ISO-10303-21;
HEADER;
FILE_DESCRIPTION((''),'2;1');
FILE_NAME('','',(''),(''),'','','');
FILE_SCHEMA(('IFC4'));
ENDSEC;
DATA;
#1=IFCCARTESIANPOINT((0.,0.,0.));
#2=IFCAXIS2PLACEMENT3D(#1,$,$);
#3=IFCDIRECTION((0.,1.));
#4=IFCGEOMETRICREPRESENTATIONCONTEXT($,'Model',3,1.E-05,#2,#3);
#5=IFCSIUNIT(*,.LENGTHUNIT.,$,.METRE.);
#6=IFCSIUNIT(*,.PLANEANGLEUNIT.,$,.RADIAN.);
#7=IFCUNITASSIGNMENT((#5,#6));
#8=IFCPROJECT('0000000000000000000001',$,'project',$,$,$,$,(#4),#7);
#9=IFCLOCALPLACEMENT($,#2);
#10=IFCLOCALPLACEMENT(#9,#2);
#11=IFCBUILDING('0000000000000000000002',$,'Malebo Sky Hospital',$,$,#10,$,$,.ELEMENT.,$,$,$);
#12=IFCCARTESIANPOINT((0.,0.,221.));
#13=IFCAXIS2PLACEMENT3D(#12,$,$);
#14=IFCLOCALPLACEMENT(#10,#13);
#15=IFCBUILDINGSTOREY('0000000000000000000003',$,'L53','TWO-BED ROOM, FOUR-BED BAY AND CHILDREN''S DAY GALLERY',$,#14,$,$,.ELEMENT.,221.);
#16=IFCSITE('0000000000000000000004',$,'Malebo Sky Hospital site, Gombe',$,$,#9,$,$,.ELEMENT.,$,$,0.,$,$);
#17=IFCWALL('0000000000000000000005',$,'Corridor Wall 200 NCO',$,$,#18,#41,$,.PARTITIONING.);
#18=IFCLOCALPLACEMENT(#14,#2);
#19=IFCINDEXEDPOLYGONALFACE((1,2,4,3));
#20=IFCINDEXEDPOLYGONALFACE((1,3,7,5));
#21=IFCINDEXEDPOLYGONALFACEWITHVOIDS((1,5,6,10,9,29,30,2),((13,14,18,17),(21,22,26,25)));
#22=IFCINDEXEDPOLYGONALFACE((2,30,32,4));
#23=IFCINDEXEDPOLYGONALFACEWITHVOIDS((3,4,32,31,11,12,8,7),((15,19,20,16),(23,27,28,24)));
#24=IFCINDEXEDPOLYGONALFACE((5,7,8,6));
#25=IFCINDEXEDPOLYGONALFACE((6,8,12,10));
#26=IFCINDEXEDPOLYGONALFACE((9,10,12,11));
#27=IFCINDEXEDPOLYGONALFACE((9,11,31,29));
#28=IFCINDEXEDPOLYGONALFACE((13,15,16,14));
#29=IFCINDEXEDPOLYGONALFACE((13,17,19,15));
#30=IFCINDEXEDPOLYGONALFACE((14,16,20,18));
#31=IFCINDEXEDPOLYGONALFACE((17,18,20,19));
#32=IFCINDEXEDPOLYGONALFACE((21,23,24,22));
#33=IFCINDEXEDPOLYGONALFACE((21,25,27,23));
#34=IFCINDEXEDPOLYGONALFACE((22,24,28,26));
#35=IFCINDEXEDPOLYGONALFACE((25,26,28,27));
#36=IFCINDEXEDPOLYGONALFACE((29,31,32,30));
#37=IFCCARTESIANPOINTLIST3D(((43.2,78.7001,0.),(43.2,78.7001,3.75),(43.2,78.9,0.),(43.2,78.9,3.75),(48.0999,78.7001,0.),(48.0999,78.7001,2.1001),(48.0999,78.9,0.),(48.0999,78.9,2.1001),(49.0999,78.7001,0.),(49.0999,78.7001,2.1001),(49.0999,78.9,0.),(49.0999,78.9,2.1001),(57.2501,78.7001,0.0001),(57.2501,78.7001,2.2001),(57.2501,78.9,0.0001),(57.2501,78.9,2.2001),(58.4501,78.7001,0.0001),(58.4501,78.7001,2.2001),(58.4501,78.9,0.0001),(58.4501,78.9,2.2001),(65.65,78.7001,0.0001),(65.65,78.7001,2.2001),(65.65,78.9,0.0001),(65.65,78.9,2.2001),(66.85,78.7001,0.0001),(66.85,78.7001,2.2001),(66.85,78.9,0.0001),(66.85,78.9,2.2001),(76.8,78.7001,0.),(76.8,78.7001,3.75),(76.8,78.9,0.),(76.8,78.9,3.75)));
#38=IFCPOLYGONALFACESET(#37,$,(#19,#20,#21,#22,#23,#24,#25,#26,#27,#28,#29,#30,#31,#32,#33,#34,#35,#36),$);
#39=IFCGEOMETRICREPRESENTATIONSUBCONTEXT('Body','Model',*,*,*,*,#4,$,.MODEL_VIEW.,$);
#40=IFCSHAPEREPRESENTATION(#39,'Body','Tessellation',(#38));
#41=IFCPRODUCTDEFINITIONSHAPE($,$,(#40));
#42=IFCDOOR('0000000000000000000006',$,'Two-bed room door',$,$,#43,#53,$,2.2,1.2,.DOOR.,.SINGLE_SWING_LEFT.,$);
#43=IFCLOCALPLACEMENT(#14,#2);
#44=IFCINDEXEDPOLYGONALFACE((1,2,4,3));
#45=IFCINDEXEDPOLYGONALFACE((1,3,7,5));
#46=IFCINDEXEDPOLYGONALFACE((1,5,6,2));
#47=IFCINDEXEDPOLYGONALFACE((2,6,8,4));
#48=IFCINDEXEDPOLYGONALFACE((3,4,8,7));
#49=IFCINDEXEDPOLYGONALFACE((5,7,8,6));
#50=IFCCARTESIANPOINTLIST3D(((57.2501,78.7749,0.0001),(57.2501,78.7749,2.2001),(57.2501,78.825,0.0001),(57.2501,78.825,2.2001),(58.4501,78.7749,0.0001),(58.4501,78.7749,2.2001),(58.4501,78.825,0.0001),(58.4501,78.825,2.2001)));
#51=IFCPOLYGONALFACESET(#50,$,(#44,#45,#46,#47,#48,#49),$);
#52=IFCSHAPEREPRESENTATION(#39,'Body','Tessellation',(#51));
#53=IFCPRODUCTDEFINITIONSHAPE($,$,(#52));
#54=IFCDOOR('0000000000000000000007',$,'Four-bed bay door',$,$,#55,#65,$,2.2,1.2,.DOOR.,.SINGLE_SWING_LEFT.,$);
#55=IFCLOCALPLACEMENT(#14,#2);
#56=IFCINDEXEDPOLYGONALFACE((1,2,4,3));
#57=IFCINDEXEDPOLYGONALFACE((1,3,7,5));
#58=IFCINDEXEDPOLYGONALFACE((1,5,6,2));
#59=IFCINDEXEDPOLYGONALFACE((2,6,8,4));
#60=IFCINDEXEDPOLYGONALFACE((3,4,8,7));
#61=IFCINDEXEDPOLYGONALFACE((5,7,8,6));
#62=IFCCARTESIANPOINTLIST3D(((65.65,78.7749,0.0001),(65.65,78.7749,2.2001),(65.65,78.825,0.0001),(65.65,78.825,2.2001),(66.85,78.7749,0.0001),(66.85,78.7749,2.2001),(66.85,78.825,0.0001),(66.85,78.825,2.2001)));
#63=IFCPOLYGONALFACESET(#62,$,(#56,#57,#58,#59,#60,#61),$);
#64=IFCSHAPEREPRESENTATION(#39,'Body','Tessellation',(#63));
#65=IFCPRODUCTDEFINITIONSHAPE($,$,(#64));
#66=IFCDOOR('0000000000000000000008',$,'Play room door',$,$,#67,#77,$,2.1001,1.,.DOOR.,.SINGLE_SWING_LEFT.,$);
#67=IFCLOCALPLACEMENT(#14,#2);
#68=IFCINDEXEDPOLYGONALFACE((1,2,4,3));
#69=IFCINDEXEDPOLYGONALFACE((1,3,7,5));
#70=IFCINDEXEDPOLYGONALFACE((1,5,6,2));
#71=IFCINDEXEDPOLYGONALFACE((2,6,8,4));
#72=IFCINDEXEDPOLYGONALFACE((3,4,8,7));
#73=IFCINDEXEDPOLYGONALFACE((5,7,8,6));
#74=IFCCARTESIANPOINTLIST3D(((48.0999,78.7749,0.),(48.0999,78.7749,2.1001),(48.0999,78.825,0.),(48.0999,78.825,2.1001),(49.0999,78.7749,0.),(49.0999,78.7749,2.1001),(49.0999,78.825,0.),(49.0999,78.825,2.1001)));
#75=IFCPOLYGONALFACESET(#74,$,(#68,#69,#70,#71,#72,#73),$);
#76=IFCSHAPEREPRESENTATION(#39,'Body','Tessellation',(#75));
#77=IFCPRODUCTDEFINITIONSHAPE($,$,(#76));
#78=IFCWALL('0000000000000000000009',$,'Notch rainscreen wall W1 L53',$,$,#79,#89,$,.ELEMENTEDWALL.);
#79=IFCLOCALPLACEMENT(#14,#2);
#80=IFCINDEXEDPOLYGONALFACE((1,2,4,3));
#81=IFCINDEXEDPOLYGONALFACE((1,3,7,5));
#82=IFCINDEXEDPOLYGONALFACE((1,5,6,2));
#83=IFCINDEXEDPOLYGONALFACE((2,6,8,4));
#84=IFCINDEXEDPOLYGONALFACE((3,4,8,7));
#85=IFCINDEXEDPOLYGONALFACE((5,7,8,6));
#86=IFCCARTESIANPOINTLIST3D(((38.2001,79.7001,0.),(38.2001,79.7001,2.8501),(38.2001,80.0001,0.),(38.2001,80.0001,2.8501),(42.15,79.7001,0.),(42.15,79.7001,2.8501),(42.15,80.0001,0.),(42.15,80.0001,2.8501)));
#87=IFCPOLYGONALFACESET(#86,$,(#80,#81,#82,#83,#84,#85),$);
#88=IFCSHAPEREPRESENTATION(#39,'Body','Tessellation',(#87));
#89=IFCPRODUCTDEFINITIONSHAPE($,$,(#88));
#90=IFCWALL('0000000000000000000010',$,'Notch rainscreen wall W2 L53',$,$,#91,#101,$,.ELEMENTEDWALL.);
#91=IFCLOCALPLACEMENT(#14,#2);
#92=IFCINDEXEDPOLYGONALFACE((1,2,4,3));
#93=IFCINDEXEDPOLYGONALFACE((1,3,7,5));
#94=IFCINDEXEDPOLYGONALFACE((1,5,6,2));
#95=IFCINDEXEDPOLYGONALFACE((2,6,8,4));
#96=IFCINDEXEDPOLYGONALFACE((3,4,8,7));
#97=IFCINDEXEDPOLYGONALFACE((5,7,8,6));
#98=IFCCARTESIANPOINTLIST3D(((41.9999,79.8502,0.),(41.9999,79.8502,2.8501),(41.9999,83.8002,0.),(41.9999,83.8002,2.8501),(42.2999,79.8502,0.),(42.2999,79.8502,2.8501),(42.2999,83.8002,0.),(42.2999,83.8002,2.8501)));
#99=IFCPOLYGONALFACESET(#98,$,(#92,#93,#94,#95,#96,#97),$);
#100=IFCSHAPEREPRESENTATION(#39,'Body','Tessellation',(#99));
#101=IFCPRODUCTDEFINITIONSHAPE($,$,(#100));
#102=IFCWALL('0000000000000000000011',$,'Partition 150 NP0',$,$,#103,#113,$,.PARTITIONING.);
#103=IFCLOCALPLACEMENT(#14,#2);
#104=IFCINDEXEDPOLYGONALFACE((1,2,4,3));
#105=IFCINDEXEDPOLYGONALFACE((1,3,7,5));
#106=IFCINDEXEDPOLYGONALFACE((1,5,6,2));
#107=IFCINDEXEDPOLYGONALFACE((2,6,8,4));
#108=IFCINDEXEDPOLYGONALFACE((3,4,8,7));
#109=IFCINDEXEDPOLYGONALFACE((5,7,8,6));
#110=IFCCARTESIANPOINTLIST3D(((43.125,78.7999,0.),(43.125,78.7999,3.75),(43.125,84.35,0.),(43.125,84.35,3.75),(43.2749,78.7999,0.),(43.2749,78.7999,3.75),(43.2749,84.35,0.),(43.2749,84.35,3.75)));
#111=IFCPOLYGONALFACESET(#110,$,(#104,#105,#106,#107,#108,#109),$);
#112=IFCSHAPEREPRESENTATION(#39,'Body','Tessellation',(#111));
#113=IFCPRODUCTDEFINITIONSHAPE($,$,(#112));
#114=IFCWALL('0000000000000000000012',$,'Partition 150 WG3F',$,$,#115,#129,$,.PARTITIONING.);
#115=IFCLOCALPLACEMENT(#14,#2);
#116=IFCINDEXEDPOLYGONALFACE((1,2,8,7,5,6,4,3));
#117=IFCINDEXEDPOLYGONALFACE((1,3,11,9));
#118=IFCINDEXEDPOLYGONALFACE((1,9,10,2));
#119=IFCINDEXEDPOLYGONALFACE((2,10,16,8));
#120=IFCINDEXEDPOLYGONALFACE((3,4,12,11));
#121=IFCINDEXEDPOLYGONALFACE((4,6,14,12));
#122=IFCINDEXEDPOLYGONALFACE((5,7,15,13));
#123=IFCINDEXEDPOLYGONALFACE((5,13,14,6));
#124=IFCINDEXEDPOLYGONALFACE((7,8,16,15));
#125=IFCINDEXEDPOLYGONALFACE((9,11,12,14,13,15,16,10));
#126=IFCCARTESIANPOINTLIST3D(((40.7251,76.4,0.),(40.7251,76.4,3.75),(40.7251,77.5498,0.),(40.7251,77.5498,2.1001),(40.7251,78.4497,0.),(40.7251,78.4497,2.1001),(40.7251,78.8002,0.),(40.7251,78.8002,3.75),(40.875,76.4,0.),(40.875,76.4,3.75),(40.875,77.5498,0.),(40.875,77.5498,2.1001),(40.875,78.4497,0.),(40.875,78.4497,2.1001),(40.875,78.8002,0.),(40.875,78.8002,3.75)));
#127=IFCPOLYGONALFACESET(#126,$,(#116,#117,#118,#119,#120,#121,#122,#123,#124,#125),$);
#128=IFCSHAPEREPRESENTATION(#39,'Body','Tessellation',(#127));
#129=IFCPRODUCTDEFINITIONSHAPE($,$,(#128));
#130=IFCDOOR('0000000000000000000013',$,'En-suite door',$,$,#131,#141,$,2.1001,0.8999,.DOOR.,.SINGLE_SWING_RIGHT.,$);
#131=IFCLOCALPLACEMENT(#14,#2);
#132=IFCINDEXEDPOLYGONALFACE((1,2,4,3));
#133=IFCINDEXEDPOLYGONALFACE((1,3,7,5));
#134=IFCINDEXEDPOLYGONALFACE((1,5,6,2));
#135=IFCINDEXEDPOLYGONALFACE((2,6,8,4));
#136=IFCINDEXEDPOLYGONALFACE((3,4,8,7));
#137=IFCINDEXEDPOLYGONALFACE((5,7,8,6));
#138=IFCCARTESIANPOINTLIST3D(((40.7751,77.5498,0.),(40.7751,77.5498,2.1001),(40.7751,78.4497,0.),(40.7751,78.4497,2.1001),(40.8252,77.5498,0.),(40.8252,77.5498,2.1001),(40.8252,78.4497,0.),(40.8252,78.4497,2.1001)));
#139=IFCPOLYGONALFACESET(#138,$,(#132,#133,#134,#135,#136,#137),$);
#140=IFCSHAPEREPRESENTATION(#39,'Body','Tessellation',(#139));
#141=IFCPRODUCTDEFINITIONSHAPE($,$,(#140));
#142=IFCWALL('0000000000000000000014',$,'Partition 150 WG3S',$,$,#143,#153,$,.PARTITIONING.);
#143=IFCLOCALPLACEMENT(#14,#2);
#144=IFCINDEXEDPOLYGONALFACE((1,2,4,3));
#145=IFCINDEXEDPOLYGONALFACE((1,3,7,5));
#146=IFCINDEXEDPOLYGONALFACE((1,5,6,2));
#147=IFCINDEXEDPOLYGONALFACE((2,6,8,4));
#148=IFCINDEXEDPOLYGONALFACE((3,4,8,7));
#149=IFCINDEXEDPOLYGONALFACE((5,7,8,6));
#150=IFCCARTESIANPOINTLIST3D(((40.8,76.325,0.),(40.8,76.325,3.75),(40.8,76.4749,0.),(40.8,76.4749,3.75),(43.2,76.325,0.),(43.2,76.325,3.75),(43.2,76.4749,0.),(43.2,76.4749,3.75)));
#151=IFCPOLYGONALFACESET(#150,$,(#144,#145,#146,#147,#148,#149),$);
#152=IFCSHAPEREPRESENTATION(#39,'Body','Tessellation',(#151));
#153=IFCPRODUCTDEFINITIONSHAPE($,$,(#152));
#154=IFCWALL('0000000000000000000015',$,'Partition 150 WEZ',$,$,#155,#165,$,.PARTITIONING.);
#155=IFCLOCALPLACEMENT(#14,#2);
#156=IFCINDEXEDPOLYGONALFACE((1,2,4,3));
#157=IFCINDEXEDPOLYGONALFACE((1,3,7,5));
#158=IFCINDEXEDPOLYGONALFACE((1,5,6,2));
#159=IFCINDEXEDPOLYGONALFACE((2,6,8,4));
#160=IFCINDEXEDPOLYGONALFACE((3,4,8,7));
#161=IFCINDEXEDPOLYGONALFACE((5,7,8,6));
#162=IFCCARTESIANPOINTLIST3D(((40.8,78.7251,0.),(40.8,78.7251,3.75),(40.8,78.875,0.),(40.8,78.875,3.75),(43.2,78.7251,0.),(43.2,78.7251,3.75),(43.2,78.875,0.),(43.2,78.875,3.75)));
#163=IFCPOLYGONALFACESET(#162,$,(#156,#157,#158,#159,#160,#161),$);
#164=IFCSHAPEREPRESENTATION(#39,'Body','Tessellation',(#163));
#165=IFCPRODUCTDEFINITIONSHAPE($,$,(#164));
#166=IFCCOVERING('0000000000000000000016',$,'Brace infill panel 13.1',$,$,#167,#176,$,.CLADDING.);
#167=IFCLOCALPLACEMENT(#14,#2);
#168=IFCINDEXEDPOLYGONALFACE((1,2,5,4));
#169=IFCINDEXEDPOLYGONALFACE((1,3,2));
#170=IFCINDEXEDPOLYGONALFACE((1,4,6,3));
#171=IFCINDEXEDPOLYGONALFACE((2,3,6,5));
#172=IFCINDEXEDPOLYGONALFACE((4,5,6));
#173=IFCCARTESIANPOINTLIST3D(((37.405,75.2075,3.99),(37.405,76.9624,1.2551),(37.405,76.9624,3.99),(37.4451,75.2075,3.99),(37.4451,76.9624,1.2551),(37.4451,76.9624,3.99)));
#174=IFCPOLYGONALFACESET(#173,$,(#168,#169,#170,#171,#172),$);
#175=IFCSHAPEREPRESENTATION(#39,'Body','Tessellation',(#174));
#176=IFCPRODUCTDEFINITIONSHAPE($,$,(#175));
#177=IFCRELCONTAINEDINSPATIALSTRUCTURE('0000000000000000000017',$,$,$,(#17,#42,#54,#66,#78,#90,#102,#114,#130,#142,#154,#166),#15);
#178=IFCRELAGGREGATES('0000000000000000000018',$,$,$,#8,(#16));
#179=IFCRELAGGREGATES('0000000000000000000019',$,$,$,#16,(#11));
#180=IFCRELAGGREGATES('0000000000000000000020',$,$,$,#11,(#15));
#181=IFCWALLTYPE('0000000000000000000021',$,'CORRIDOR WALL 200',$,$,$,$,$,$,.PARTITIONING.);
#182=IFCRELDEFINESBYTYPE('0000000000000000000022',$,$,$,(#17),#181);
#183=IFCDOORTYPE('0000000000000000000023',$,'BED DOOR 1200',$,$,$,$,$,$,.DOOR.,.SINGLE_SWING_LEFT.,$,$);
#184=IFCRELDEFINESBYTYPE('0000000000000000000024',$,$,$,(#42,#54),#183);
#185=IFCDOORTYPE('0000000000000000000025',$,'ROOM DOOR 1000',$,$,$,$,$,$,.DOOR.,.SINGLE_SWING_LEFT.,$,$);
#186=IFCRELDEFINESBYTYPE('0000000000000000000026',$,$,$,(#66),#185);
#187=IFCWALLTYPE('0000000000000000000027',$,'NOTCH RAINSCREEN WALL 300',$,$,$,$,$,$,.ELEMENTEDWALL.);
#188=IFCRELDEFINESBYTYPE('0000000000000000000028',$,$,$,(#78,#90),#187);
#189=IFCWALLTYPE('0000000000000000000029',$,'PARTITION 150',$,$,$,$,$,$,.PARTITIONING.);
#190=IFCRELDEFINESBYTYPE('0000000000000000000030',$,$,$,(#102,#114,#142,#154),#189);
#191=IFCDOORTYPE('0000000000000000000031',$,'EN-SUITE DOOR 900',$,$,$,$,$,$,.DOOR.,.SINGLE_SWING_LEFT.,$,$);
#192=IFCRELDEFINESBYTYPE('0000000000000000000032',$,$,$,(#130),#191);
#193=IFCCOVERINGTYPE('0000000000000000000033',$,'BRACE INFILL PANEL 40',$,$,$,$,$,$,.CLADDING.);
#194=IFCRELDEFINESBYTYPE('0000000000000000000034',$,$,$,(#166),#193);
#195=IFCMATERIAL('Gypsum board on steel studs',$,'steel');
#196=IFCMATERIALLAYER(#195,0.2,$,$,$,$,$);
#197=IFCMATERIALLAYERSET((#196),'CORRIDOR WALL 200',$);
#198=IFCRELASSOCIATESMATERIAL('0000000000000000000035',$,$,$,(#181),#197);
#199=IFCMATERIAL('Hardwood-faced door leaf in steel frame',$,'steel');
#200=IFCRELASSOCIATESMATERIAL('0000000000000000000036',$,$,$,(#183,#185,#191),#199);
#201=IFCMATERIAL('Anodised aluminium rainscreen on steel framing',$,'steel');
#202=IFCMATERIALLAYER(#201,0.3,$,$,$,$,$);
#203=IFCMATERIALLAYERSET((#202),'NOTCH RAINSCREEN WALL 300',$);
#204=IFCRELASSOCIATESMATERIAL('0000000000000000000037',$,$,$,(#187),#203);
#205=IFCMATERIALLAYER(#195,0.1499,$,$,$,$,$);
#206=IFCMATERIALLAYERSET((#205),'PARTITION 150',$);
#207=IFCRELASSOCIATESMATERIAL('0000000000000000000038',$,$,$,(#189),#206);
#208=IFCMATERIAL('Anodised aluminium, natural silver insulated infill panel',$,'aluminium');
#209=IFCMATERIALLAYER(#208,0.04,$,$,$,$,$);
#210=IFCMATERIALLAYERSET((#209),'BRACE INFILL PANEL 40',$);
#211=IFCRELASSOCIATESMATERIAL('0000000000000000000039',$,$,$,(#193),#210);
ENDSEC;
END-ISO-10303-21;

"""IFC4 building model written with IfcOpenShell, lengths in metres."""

from ifc_helpers import new_model, si_unit, direction, frame, frame_2d, origin, place, context, subcontext, project, spatial, polyline, rectangle, outline, extrude, material, layer, layer_set, type_object, element, fill, save


model = new_model("IFC4")

# Units and contexts
model_context = context("Model", 3, precision=1e-05, world=origin(), true_north=direction((0.0, 1.0)))
body_context = subcontext(model_context, "Body", "Model", "MODEL_VIEW")
ifc_project = project(units=[si_unit("LENGTHUNIT", "METRE"), si_unit("PLANEANGLEUNIT", "RADIAN")], contexts=[model_context])

# Site, building, storey
site_placement = place(None, origin())
site = spatial("IfcSite", under=ifc_project, at=site_placement, Name="Malebo Sky Hospital site, Gombe", CompositionType="ELEMENT", RefElevation=0.0)
building_placement = place(site_placement, origin())
building = spatial("IfcBuilding", under=site, at=building_placement, Name="Malebo Sky Hospital", CompositionType="ELEMENT")
storey_placement = place(building_placement, frame((0.0, 0.0, 221.0)))
storey = spatial("IfcBuildingStorey", under=building, at=storey_placement, Name="L53", Description="TWO-BED ROOM, FOUR-BED BAY AND CHILDREN'S DAY GALLERY", CompositionType="ELEMENT", Elevation=221.0)

# Wall, openings, doors
ifc_material_1 = material(Name="Gypsum board on steel studs", Category="steel")
ifc_layer_1 = layer(ifc_material_1, 0.2)
ifc_layer_set_1 = layer_set([ifc_layer_1], Name="CORRIDOR WALL 200")
wall_type_1 = type_object("IfcWallType", Name="CORRIDOR WALL 200", PredefinedType="PARTITIONING", material=ifc_layer_set_1)
wall_1_placement = place(storey_placement, frame((43.2, 78.8, 0.0), z_axis=(0.0, 0.0, 1.0), x_axis=(1.0, 0.0, 0.0)))
wall_1 = element("IfcWall", 1, at=wall_1_placement, inside=storey, type_object=wall_type_1, Name="Corridor Wall 200 NCO", PredefinedType="PARTITIONING", context=body_context, shape_type="SweptSolid", body=[
    extrude(rectangle(XDim=33.6001, YDim=0.2, at=frame_2d((16.8, 0.0))), origin(), (0.0, 0.0, 1.0), 3.75),
])
opening_1_placement = place(wall_1_placement, frame((4.8999, 0.0, 0.0)))
opening_1 = element("IfcOpeningElement", 2, at=opening_1_placement, cuts=wall_1, PredefinedType="OPENING", context=body_context, shape_type="SweptSolid", body=[
    extrude(rectangle(XDim=1.0, YDim=2.1001, at=frame_2d((0.5, 1.05))), frame((0.0, 0.1099, 0.0), z_axis=(0.0, -1.0, 0.0), x_axis=(1.0, 0.0, 0.0)), (0.0, 0.0, 1.0), 0.22),
])
opening_2_placement = place(wall_1_placement, frame((14.05, 0.0, 0.0)))
opening_2 = element("IfcOpeningElement", 3, at=opening_2_placement, cuts=wall_1, PredefinedType="OPENING", context=body_context, shape_type="SweptSolid", body=[
    extrude(rectangle(XDim=1.2, YDim=2.2, at=frame_2d((0.6001, 1.1001))), frame((0.0, 0.1099, 0.0), z_axis=(0.0, -1.0, 0.0), x_axis=(1.0, 0.0, 0.0)), (0.0, 0.0, 1.0), 0.22),
])
opening_3_placement = place(wall_1_placement, frame((22.45, 0.0, 0.0)))
opening_3 = element("IfcOpeningElement", 4, at=opening_3_placement, cuts=wall_1, PredefinedType="OPENING", context=body_context, shape_type="SweptSolid", body=[
    extrude(rectangle(XDim=1.2, YDim=2.2, at=frame_2d((0.6001, 1.1001))), frame((0.0, 0.1099, 0.0), z_axis=(0.0, -1.0, 0.0), x_axis=(1.0, 0.0, 0.0)), (0.0, 0.0, 1.0), 0.22),
])
ifc_material_2 = material(Name="Hardwood-faced door leaf in steel frame", Category="steel")
door_type_1 = type_object("IfcDoorType", Name="BED DOOR 1200", OperationType="SINGLE_SWING_LEFT", PredefinedType="DOOR", material=ifc_material_2)
door_1_placement = place(opening_2_placement, origin())
door_1 = element("IfcDoor", 5, at=door_1_placement, inside=storey, type_object=door_type_1, Name="Two-bed room door", OperationType="SINGLE_SWING_LEFT", OverallHeight=2.2, OverallWidth=1.2, PredefinedType="DOOR", context=body_context, shape_type="SweptSolid", body=[
    extrude(rectangle(XDim=1.2, YDim=2.2, at=frame_2d((0.6001, 1.1001))), frame((0.0, 0.0249, 0.0), z_axis=(0.0, -1.0, 0.0), x_axis=(1.0, 0.0, 0.0)), (0.0, 0.0, 1.0), 0.05),
])
fill(opening_2, door_1)
door_2_placement = place(opening_3_placement, origin())
door_2 = element("IfcDoor", 6, at=door_2_placement, inside=storey, type_object=door_type_1, Name="Four-bed bay door", OperationType="SINGLE_SWING_LEFT", OverallHeight=2.2, OverallWidth=1.2, PredefinedType="DOOR", context=body_context, shape_type="SweptSolid", body=[
    extrude(rectangle(XDim=1.2, YDim=2.2, at=frame_2d((0.6001, 1.1001))), frame((0.0, 0.0249, 0.0), z_axis=(0.0, -1.0, 0.0), x_axis=(1.0, 0.0, 0.0)), (0.0, 0.0, 1.0), 0.05),
])
fill(opening_3, door_2)
door_type_2 = type_object("IfcDoorType", Name="ROOM DOOR 1000", OperationType="SINGLE_SWING_LEFT", PredefinedType="DOOR", material=ifc_material_2)
door_3_placement = place(opening_1_placement, origin())
door_3 = element("IfcDoor", 7, at=door_3_placement, inside=storey, type_object=door_type_2, Name="Play room door", OperationType="SINGLE_SWING_LEFT", OverallHeight=2.1001, OverallWidth=1.0, PredefinedType="DOOR", context=body_context, shape_type="SweptSolid", body=[
    extrude(rectangle(XDim=1.0, YDim=2.1001, at=frame_2d((0.5, 1.05))), frame((0.0, 0.0249, 0.0), z_axis=(0.0, -1.0, 0.0), x_axis=(1.0, 0.0, 0.0)), (0.0, 0.0, 1.0), 0.05),
])
fill(opening_1, door_3)

# Walls
ifc_material_3 = material(Name="Anodised aluminium rainscreen on steel framing", Category="steel")
ifc_layer_2 = layer(ifc_material_3, 0.3)
ifc_layer_set_2 = layer_set([ifc_layer_2], Name="NOTCH RAINSCREEN WALL 300")
wall_type_2 = type_object("IfcWallType", Name="NOTCH RAINSCREEN WALL 300", PredefinedType="ELEMENTEDWALL", material=ifc_layer_set_2)
for number, where, z_axis, x_axis, name in (
    (8, (38.2, 79.8501, 0.0), (0.0, 0.0, 1.0), (1.0, 0.0, 0.0), "Notch rainscreen wall W1 L53"),
    (9, (42.1499, 79.8501, 0.0), (0.0, 0.0, 1.0), (0.0, 1.0, 0.0), "Notch rainscreen wall W2 L53"),
):
    element("IfcWall", number, at=place(storey_placement, frame(where, z_axis=z_axis, x_axis=x_axis)), inside=storey, type_object=wall_type_2, Name=name, PredefinedType="ELEMENTEDWALL", context=body_context, shape_type="SweptSolid", body=[
        extrude(rectangle(XDim=3.95, YDim=0.3, at=frame_2d((1.9751, 0.0))), origin(), (0.0, 0.0, 1.0), 2.8501),
    ])
ifc_layer_3 = layer(ifc_material_1, 0.1499)
ifc_layer_set_3 = layer_set([ifc_layer_3], Name="PARTITION 150")
wall_type_3 = type_object("IfcWallType", Name="PARTITION 150", PredefinedType="PARTITIONING", material=ifc_layer_set_3)
wall_2_placement = place(storey_placement, frame((43.2, 78.8, 0.0), z_axis=(0.0, 0.0, 1.0), x_axis=(0.0, 1.0, 0.0)))
element("IfcWall", 10, at=wall_2_placement, inside=storey, type_object=wall_type_3, Name="Partition 150 NP0", PredefinedType="PARTITIONING", context=body_context, shape_type="SweptSolid", body=[
    extrude(rectangle(XDim=5.55, YDim=0.1499, at=frame_2d((2.7749, 0.0))), origin(), (0.0, 0.0, 1.0), 3.75),
])

# Wall, opening, door
wall_3_placement = place(storey_placement, frame((40.8, 76.3999, 0.0), z_axis=(0.0, 0.0, 1.0), x_axis=(0.0, 1.0, 0.0)))
wall_3 = element("IfcWall", 11, at=wall_3_placement, inside=storey, type_object=wall_type_3, Name="Partition 150 WG3F", PredefinedType="PARTITIONING", context=body_context, shape_type="SweptSolid", body=[
    extrude(rectangle(XDim=2.4001, YDim=0.1499, at=frame_2d((1.2002, 0.0))), origin(), (0.0, 0.0, 1.0), 3.75),
])
opening_4_placement = place(wall_3_placement, frame((1.1499, 0.0, 0.0)))
opening_4 = element("IfcOpeningElement", 12, at=opening_4_placement, cuts=wall_3, PredefinedType="OPENING", context=body_context, shape_type="SweptSolid", body=[
    extrude(rectangle(XDim=0.8999, YDim=2.1001, at=frame_2d((0.45, 1.05))), frame((0.0, 0.085, 0.0), z_axis=(0.0, -1.0, 0.0), x_axis=(1.0, 0.0, 0.0)), (0.0, 0.0, 1.0), 0.1699),
])
door_type_3 = type_object("IfcDoorType", Name="EN-SUITE DOOR 900", OperationType="SINGLE_SWING_LEFT", PredefinedType="DOOR", material=ifc_material_2)
door_4_placement = place(opening_4_placement, origin())
door_4 = element("IfcDoor", 13, at=door_4_placement, inside=storey, type_object=door_type_3, Name="En-suite door", OperationType="SINGLE_SWING_RIGHT", OverallHeight=2.1001, OverallWidth=0.8999, PredefinedType="DOOR", context=body_context, shape_type="SweptSolid", body=[
    extrude(rectangle(XDim=0.8999, YDim=2.1001, at=frame_2d((0.45, 1.05))), frame((0.0, 0.0249, 0.0), z_axis=(0.0, -1.0, 0.0), x_axis=(1.0, 0.0, 0.0)), (0.0, 0.0, 1.0), 0.05),
])
fill(opening_4, door_4)

# Walls
for number, where, z_axis, x_axis, name in (
    (14, (43.2, 76.3999, 0.0), (0.0, 0.0, 1.0), (-1.0, 0.0, 0.0), "Partition 150 WG3S"),
    (15, (43.2, 78.8, 0.0), (0.0, 0.0, 1.0), (-1.0, 0.0, 0.0), "Partition 150 WEZ"),
):
    element("IfcWall", number, at=place(storey_placement, frame(where, z_axis=z_axis, x_axis=x_axis)), inside=storey, type_object=wall_type_3, Name=name, PredefinedType="PARTITIONING", context=body_context, shape_type="SweptSolid", body=[
        extrude(rectangle(XDim=2.3999, YDim=0.1499, at=frame_2d((1.2, 0.0))), origin(), (0.0, 0.0, 1.0), 3.75),
    ])

# Covering
ifc_material_4 = material(Name="Anodised aluminium, natural silver insulated infill panel", Category="aluminium")
ifc_layer_4 = layer(ifc_material_4, 0.04)
ifc_layer_set_4 = layer_set([ifc_layer_4], Name="BRACE INFILL PANEL 40")
covering_type = type_object("IfcCoveringType", Name="BRACE INFILL PANEL 40", PredefinedType="CLADDING", material=ifc_layer_set_4)
covering_placement = place(storey_placement, frame((37.425, 76.085, 1.2551), z_axis=(0.0, 0.0, 1.0), x_axis=(0.0, 1.0, 0.0)))
element("IfcCovering", 16, at=covering_placement, inside=storey, type_object=covering_type, Name="Brace infill panel 13.1", PredefinedType="CLADDING", context=body_context, shape_type="SweptSolid", body=[
    extrude(outline(polyline([(0.8774, 0.0), (0.8774, 2.7349), (-0.8774, 2.7349), (0.8774, 0.0)])), frame((0.0, 0.02, 0.0), z_axis=(0.0, -1.0, 0.0), x_axis=(1.0, 0.0, 0.0)), (0.0, 0.0, 1.0), 0.04),
])

save(model, "model.ifc")
